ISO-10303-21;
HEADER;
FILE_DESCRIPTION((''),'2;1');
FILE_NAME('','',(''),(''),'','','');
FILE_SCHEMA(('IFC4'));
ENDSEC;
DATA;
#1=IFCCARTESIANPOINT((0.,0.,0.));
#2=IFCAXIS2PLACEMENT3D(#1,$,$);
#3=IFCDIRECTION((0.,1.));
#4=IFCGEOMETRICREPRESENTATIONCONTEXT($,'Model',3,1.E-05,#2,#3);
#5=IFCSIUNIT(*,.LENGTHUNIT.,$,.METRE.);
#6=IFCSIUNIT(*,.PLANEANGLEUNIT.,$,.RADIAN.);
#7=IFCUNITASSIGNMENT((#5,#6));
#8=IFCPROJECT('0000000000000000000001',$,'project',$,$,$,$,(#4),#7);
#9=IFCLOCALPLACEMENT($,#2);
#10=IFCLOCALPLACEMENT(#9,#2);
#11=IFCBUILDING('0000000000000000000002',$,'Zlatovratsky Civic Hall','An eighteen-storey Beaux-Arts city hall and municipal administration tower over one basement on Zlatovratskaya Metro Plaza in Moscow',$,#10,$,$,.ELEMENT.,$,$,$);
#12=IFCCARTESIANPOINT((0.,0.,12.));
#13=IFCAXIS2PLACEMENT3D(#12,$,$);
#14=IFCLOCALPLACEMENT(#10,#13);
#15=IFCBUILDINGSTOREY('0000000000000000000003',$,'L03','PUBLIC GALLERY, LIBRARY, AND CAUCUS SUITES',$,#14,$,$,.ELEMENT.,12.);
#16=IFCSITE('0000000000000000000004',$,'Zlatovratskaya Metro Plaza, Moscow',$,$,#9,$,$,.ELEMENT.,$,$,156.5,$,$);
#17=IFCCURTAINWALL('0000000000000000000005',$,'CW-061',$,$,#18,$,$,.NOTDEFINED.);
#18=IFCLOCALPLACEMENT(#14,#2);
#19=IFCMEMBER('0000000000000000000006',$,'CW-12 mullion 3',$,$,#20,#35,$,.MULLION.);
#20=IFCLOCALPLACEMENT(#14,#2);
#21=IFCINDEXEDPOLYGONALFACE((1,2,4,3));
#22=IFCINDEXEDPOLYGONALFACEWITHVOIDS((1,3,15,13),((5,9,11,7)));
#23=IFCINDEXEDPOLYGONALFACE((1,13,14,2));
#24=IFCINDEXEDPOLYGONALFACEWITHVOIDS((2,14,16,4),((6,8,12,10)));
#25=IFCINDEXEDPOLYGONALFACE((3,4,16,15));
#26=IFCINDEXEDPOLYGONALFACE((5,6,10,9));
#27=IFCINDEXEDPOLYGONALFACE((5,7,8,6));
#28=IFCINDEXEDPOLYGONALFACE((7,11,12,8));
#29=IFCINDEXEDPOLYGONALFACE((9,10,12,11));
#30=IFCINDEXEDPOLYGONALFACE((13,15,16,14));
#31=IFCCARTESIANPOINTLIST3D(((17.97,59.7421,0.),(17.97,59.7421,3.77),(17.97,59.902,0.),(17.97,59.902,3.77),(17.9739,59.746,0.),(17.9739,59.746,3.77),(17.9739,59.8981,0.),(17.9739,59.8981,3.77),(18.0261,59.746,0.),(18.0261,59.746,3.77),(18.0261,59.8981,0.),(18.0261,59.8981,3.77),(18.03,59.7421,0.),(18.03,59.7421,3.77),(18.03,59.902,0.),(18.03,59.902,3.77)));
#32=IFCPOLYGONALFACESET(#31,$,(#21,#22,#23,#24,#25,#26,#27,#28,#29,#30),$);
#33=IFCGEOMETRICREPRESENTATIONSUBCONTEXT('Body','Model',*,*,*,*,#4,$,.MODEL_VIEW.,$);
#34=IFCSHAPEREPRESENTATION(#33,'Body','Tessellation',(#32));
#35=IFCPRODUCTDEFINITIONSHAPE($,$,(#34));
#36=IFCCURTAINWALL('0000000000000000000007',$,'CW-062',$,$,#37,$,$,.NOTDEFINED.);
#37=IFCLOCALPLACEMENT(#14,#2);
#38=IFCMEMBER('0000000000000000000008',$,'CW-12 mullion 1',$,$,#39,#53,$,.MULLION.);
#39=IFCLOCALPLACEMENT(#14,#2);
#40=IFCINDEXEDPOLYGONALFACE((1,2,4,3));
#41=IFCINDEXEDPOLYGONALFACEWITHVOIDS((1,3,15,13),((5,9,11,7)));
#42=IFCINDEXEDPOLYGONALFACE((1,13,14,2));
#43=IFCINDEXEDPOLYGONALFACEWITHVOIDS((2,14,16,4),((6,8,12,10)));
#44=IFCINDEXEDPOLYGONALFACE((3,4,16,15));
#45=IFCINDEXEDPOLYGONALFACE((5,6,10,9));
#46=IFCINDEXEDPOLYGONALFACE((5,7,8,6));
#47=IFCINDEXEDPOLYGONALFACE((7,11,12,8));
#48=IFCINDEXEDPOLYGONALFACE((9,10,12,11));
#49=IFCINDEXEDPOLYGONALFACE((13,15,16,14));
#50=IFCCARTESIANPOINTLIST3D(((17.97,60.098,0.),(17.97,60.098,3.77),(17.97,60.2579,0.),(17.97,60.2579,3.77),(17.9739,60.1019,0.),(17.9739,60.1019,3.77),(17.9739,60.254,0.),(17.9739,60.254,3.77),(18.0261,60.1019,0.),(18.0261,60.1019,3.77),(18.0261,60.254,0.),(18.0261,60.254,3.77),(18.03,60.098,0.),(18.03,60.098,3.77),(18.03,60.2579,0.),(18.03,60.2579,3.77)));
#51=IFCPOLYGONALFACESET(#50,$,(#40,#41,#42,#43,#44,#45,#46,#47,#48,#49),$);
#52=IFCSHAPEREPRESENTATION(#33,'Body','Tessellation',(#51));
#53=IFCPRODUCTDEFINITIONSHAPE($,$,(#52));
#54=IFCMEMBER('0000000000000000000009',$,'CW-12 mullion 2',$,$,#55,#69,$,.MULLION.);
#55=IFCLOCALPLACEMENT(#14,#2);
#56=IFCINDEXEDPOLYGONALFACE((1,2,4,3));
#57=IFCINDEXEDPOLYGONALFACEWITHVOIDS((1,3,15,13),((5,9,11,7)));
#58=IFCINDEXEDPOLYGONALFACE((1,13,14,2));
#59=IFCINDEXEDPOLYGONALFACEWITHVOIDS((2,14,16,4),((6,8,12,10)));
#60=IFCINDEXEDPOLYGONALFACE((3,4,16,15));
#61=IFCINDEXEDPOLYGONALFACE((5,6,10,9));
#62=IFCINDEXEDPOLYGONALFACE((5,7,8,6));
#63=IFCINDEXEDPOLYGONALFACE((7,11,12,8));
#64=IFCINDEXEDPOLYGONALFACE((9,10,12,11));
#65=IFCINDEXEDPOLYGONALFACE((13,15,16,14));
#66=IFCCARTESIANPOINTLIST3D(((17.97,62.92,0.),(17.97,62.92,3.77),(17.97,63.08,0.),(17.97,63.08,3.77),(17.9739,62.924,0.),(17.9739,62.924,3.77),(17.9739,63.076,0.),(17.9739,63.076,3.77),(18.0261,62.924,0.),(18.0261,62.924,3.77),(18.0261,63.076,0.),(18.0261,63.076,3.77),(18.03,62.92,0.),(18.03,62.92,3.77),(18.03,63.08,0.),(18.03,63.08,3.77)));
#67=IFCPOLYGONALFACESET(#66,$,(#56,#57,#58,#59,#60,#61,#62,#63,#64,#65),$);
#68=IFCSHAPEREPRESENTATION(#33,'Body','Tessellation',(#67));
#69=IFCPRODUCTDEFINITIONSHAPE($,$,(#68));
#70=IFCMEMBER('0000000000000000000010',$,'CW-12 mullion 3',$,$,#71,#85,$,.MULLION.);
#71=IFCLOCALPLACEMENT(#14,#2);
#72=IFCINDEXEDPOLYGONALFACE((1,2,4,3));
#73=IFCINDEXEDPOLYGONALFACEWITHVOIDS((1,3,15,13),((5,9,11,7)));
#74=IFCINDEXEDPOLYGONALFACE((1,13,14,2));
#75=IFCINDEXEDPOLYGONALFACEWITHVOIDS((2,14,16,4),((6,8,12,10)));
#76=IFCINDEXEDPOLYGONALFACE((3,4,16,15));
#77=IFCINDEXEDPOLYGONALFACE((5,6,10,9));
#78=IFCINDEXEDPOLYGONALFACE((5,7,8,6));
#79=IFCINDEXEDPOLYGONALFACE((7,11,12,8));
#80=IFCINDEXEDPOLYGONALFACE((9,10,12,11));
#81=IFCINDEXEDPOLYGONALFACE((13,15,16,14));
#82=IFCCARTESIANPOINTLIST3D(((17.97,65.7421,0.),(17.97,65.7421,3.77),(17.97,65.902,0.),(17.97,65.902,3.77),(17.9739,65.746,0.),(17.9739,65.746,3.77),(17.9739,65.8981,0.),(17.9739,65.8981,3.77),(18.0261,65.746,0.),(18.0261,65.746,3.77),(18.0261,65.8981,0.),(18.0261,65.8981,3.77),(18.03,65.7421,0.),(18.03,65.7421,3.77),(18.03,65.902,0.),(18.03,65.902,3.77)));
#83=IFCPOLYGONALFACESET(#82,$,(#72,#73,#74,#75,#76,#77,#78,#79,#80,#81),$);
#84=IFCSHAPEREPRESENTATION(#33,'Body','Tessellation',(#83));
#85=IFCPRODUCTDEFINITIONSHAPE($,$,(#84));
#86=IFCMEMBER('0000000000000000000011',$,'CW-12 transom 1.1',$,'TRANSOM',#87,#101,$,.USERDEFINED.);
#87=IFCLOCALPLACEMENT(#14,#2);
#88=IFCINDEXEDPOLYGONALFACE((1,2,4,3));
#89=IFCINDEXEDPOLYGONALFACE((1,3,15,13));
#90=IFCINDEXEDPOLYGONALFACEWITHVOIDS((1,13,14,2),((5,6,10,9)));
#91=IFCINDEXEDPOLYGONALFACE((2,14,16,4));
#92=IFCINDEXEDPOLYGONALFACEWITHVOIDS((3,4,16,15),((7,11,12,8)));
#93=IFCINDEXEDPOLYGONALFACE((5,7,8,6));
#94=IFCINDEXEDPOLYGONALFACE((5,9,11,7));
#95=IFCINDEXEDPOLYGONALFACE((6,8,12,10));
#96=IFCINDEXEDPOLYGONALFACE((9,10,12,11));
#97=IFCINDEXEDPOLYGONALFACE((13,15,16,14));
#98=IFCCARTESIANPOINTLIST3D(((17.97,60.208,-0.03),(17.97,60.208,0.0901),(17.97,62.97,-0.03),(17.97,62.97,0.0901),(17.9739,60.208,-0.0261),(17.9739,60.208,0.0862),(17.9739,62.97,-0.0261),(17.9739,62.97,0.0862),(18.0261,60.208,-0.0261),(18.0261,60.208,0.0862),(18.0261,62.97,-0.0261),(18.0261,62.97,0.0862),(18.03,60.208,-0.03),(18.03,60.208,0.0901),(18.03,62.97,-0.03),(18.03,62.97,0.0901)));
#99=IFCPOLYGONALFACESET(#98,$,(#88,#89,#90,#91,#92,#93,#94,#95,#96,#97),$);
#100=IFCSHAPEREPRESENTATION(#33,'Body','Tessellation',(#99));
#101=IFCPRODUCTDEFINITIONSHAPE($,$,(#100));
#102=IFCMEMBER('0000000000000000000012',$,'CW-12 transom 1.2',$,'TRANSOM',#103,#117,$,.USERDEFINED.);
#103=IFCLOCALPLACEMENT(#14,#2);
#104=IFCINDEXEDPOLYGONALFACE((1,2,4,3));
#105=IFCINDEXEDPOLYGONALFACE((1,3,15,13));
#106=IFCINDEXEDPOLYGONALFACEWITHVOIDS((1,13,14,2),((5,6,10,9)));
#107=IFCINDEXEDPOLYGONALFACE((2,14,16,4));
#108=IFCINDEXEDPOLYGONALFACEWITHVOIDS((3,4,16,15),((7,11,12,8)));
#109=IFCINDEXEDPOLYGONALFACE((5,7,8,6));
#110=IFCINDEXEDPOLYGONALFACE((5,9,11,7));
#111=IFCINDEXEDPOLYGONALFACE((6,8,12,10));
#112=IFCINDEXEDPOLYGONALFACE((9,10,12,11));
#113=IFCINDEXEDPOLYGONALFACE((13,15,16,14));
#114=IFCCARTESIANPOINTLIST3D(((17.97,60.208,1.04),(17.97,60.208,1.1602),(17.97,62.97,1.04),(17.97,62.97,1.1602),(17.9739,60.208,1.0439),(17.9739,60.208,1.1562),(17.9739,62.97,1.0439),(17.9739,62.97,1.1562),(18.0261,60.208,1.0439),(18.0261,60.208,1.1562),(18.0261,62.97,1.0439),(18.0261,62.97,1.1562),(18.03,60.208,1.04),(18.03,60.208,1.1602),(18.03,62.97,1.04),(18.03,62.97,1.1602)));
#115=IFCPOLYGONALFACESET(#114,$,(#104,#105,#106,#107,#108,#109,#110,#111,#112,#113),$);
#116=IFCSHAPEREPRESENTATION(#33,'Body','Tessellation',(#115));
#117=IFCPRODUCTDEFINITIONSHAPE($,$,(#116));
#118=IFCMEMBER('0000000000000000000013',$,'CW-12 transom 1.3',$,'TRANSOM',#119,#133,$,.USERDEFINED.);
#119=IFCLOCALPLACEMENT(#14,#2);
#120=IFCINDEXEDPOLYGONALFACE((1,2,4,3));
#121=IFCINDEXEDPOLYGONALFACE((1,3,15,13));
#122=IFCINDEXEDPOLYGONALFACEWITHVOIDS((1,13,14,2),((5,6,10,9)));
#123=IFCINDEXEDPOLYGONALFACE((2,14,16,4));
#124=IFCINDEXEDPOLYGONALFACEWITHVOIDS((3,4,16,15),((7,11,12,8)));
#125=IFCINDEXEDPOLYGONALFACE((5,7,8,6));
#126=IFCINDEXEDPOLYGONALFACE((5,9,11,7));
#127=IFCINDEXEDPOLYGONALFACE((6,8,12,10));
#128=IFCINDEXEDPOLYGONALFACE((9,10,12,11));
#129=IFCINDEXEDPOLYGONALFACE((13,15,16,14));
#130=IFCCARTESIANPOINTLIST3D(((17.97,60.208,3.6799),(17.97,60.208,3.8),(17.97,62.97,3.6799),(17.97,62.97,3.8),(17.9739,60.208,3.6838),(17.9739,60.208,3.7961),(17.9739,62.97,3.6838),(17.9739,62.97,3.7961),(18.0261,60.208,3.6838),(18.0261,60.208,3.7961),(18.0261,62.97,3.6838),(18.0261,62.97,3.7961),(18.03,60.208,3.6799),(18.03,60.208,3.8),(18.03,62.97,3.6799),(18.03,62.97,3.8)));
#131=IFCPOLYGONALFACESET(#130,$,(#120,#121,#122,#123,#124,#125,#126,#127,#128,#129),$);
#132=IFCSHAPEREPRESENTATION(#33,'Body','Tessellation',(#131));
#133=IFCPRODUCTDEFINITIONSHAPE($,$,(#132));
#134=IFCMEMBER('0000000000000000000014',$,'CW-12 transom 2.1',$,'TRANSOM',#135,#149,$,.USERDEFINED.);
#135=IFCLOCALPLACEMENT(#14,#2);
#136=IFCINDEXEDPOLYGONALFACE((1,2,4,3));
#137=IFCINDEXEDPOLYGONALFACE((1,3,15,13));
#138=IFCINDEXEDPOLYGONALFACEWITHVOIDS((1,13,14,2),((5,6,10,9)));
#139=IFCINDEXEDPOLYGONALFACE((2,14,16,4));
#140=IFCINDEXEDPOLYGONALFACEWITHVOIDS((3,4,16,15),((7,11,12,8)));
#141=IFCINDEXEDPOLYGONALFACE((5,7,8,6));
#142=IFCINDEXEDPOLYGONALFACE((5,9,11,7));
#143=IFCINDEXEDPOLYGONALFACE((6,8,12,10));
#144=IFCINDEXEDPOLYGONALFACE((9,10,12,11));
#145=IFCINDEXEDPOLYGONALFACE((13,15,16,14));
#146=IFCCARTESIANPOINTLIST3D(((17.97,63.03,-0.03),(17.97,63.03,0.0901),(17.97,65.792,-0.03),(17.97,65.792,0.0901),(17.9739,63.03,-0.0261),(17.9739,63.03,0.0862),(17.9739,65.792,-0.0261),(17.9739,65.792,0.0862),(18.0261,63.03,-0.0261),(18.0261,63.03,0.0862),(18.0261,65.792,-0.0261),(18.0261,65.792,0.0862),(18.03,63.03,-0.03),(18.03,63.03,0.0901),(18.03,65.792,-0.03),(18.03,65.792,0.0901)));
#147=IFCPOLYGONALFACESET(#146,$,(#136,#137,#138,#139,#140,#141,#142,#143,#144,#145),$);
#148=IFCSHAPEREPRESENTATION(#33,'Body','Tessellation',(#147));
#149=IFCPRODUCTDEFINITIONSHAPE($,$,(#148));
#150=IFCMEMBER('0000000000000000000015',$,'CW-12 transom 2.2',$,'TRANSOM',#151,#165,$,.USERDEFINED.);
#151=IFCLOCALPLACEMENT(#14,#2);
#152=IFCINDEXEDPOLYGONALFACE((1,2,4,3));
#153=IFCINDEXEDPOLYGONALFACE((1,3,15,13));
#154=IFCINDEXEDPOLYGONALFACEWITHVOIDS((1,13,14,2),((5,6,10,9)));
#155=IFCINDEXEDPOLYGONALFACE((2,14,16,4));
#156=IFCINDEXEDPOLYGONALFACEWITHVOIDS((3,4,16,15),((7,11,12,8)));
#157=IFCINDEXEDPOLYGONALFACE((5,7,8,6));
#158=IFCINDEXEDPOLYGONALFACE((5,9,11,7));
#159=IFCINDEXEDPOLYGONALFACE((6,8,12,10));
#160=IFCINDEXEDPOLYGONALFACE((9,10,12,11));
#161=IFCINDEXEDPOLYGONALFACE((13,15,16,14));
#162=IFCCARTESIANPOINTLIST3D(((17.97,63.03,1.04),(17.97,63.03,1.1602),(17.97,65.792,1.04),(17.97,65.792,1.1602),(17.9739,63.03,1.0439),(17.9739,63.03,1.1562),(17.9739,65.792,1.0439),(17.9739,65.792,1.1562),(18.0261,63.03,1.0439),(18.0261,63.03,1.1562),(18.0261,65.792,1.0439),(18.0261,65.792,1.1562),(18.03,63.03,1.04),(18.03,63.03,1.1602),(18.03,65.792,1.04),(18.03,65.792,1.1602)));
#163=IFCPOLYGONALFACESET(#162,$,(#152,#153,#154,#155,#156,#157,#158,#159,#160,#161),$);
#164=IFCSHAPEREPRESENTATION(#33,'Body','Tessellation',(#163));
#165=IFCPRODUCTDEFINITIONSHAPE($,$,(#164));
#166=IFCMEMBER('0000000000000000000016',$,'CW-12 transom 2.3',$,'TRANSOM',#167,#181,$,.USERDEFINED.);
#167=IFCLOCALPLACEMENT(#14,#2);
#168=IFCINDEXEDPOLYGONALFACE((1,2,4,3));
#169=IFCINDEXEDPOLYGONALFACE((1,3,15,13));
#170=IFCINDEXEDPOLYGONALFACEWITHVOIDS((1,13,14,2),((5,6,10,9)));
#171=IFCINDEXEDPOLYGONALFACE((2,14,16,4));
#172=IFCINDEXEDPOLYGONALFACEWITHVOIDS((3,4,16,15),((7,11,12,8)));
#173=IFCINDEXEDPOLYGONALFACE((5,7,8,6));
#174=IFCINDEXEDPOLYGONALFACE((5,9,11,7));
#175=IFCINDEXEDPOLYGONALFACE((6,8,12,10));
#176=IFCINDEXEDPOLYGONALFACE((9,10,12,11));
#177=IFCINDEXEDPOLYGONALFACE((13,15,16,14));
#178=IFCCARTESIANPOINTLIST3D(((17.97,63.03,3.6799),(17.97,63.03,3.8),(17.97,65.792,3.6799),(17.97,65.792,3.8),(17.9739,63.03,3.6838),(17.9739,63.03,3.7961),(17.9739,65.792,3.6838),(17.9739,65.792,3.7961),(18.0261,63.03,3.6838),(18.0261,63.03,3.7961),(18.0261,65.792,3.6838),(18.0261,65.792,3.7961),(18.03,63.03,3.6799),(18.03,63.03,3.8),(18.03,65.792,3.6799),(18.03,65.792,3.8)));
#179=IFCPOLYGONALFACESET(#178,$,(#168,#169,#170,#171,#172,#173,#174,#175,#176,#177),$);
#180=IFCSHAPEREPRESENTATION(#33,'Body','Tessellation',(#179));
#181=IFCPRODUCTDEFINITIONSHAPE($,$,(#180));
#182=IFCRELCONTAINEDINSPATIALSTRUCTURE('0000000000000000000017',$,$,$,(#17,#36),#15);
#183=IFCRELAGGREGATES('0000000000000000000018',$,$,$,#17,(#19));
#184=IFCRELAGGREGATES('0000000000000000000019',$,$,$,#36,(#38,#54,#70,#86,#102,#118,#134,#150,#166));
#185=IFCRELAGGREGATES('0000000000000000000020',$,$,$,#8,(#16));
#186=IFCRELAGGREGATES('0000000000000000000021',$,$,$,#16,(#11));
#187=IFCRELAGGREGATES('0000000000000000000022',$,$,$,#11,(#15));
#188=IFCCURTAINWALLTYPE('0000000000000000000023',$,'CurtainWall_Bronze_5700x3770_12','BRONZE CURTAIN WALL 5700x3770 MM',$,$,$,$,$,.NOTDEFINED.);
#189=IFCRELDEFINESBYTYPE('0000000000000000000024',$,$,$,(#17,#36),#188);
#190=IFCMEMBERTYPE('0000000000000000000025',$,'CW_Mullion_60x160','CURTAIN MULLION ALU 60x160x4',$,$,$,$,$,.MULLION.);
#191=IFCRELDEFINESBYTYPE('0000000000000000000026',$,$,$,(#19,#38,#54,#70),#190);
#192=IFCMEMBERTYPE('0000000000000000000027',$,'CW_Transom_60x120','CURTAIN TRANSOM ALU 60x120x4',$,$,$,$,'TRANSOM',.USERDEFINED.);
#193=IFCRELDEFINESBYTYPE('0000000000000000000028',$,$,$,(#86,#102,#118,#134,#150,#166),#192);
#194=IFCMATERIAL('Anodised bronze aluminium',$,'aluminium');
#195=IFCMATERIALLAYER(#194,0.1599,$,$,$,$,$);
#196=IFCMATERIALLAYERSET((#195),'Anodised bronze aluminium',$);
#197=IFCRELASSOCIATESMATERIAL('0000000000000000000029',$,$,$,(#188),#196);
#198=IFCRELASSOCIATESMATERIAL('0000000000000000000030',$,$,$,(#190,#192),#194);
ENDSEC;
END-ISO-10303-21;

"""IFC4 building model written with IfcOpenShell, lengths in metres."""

from ifc_helpers import new_model, si_unit, direction, frame, origin, origin_2d, place, context, subcontext, project, spatial, hollow_rectangle, extrude, material, layer, layer_set, material_profile, profile_set, type_object, element, aggregate, save


model = new_model("IFC4")

# Units and contexts
model_context = context("Model", 3, precision=1e-05, world=origin(), true_north=direction((0.0, 1.0)))
body_context = subcontext(model_context, "Body", "Model", "MODEL_VIEW")
ifc_project = project(units=[si_unit("LENGTHUNIT", "METRE"), si_unit("PLANEANGLEUNIT", "RADIAN")], contexts=[model_context])

# Site, building, storey
site_placement = place(None, origin())
site = spatial("IfcSite", under=ifc_project, at=site_placement, Name="Zlatovratskaya Metro Plaza, Moscow", CompositionType="ELEMENT", RefElevation=156.5)
building_placement = place(site_placement, origin())
building = spatial("IfcBuilding", under=site, at=building_placement, Name="Zlatovratsky Civic Hall", Description="An eighteen-storey Beaux-Arts city hall and municipal administration tower over one basement on Zlatovratskaya Metro Plaza in Moscow", CompositionType="ELEMENT")
storey_placement = place(building_placement, frame((0.0, 0.0, 12.0)))
storey = spatial("IfcBuildingStorey", under=building, at=storey_placement, Name="L03", Description="PUBLIC GALLERY, LIBRARY, AND CAUCUS SUITES", CompositionType="ELEMENT", Elevation=12.0)

# Curtain wall, member
ifc_material_1 = material(Name="Anodised bronze aluminium", Category="aluminium")
ifc_layer_1 = layer(ifc_material_1, 0.1599)
ifc_layer_set_1 = layer_set([ifc_layer_1], Name="Anodised bronze aluminium")
curtain_wall_type = type_object("IfcCurtainWallType", Name="CurtainWall_Bronze_5700x3770_12", Description="BRONZE CURTAIN WALL 5700x3770 MM", PredefinedType="NOTDEFINED", material=ifc_layer_set_1)
curtain_wall_1_placement = place(storey_placement, origin())
curtain_wall_1 = element("IfcCurtainWall", 1, at=curtain_wall_1_placement, inside=storey, type_object=curtain_wall_type, Name="CW-061", PredefinedType="NOTDEFINED")
ifc_material_profile_1 = material_profile(ifc_material_1, hollow_rectangle(XDim=0.0601, YDim=0.1599, WallThickness=0.0039, at=origin_2d()), Name="ALU 60x160x4")
ifc_profile_set_1 = profile_set([ifc_material_profile_1], Name="Anodised bronze aluminium")
member_type_1 = type_object("IfcMemberType", Name="CW_Mullion_60x160", Description="CURTAIN MULLION ALU 60x160x4", PredefinedType="MULLION", material=ifc_profile_set_1)
member_1_placement = place(storey_placement, frame((18.0, 59.822, 0.0), z_axis=(0.0, 0.0, 1.0), x_axis=(-1.0, 0.0, 0.0)))
member_1 = element("IfcMember", 2, at=member_1_placement, type_object=member_type_1, Name="CW-12 mullion 3", PredefinedType="MULLION", context=body_context, shape_type="SweptSolid", body=[
    extrude(hollow_rectangle(XDim=0.0601, YDim=0.1599, WallThickness=0.0039, at=origin_2d()), origin(), (0.0, 0.0, 1.0), 3.77),
])

# Curtain wall, members
curtain_wall_2_placement = place(storey_placement, origin())
curtain_wall_2 = element("IfcCurtainWall", 3, at=curtain_wall_2_placement, inside=storey, type_object=curtain_wall_type, Name="CW-062", PredefinedType="NOTDEFINED")
member_2_placement = place(storey_placement, frame((18.0, 60.178, 0.0), z_axis=(0.0, 0.0, 1.0), x_axis=(-1.0, 0.0, 0.0)))
member_2 = element("IfcMember", 4, at=member_2_placement, type_object=member_type_1, Name="CW-12 mullion 1", PredefinedType="MULLION", context=body_context, shape_type="SweptSolid", body=[
    extrude(hollow_rectangle(XDim=0.0601, YDim=0.1599, WallThickness=0.0039, at=origin_2d()), origin(), (0.0, 0.0, 1.0), 3.77),
])
member_3_placement = place(storey_placement, frame((18.0, 63.0, 0.0), z_axis=(0.0, 0.0, 1.0), x_axis=(-1.0, 0.0, 0.0)))
member_3 = element("IfcMember", 5, at=member_3_placement, type_object=member_type_1, Name="CW-12 mullion 2", PredefinedType="MULLION", context=body_context, shape_type="SweptSolid", body=[
    extrude(hollow_rectangle(XDim=0.0601, YDim=0.1599, WallThickness=0.0039, at=origin_2d()), origin(), (0.0, 0.0, 1.0), 3.77),
])
member_4_placement = place(storey_placement, frame((18.0, 65.822, 0.0), z_axis=(0.0, 0.0, 1.0), x_axis=(-1.0, 0.0, 0.0)))
member_4 = element("IfcMember", 6, at=member_4_placement, type_object=member_type_1, Name="CW-12 mullion 3", PredefinedType="MULLION", context=body_context, shape_type="SweptSolid", body=[
    extrude(hollow_rectangle(XDim=0.0601, YDim=0.1599, WallThickness=0.0039, at=origin_2d()), origin(), (0.0, 0.0, 1.0), 3.77),
])
ifc_material_profile_2 = material_profile(ifc_material_1, hollow_rectangle(XDim=0.0601, YDim=0.1201, WallThickness=0.0039, at=origin_2d()), Name="ALU 60x120x4")
ifc_profile_set_2 = profile_set([ifc_material_profile_2], Name="Anodised bronze aluminium")
member_type_2 = type_object("IfcMemberType", Name="CW_Transom_60x120", Description="CURTAIN TRANSOM ALU 60x120x4", ElementType="TRANSOM", PredefinedType="USERDEFINED", material=ifc_profile_set_2)
member_5_placement = place(storey_placement, frame((18.0, 60.208, 0.03), z_axis=(0.0, 1.0, 0.0), x_axis=(-1.0, 0.0, 0.0)))
member_5 = element("IfcMember", 7, at=member_5_placement, type_object=member_type_2, Name="CW-12 transom 1.1", ObjectType="TRANSOM", PredefinedType="USERDEFINED", context=body_context, shape_type="SweptSolid", body=[
    extrude(hollow_rectangle(XDim=0.0601, YDim=0.1201, WallThickness=0.0039, at=origin_2d()), origin(), (0.0, 0.0, 1.0), 2.762),
])
member_6_placement = place(storey_placement, frame((18.0, 60.208, 1.1001), z_axis=(0.0, 1.0, 0.0), x_axis=(-1.0, 0.0, 0.0)))
member_6 = element("IfcMember", 8, at=member_6_placement, type_object=member_type_2, Name="CW-12 transom 1.2", ObjectType="TRANSOM", PredefinedType="USERDEFINED", context=body_context, shape_type="SweptSolid", body=[
    extrude(hollow_rectangle(XDim=0.0601, YDim=0.1201, WallThickness=0.0039, at=origin_2d()), origin(), (0.0, 0.0, 1.0), 2.762),
])
member_7_placement = place(storey_placement, frame((18.0, 60.208, 3.74), z_axis=(0.0, 1.0, 0.0), x_axis=(-1.0, 0.0, 0.0)))
member_7 = element("IfcMember", 9, at=member_7_placement, type_object=member_type_2, Name="CW-12 transom 1.3", ObjectType="TRANSOM", PredefinedType="USERDEFINED", context=body_context, shape_type="SweptSolid", body=[
    extrude(hollow_rectangle(XDim=0.0601, YDim=0.1201, WallThickness=0.0039, at=origin_2d()), origin(), (0.0, 0.0, 1.0), 2.762),
])
member_8_placement = place(storey_placement, frame((18.0, 63.03, 0.03), z_axis=(0.0, 1.0, 0.0), x_axis=(-1.0, 0.0, 0.0)))
member_8 = element("IfcMember", 10, at=member_8_placement, type_object=member_type_2, Name="CW-12 transom 2.1", ObjectType="TRANSOM", PredefinedType="USERDEFINED", context=body_context, shape_type="SweptSolid", body=[
    extrude(hollow_rectangle(XDim=0.0601, YDim=0.1201, WallThickness=0.0039, at=origin_2d()), origin(), (0.0, 0.0, 1.0), 2.762),
])
member_9_placement = place(storey_placement, frame((18.0, 63.03, 1.1001), z_axis=(0.0, 1.0, 0.0), x_axis=(-1.0, 0.0, 0.0)))
member_9 = element("IfcMember", 11, at=member_9_placement, type_object=member_type_2, Name="CW-12 transom 2.2", ObjectType="TRANSOM", PredefinedType="USERDEFINED", context=body_context, shape_type="SweptSolid", body=[
    extrude(hollow_rectangle(XDim=0.0601, YDim=0.1201, WallThickness=0.0039, at=origin_2d()), origin(), (0.0, 0.0, 1.0), 2.762),
])
member_10_placement = place(storey_placement, frame((18.0, 63.03, 3.74), z_axis=(0.0, 1.0, 0.0), x_axis=(-1.0, 0.0, 0.0)))
member_10 = element("IfcMember", 12, at=member_10_placement, type_object=member_type_2, Name="CW-12 transom 2.3", ObjectType="TRANSOM", PredefinedType="USERDEFINED", context=body_context, shape_type="SweptSolid", body=[
    extrude(hollow_rectangle(XDim=0.0601, YDim=0.1201, WallThickness=0.0039, at=origin_2d()), origin(), (0.0, 0.0, 1.0), 2.762),
])

aggregate(curtain_wall_1, [member_1])
aggregate(curtain_wall_2, [member_2, member_3, member_4, member_5, member_6, member_7, member_8, member_9, member_10])

save(model, "model.ifc")
